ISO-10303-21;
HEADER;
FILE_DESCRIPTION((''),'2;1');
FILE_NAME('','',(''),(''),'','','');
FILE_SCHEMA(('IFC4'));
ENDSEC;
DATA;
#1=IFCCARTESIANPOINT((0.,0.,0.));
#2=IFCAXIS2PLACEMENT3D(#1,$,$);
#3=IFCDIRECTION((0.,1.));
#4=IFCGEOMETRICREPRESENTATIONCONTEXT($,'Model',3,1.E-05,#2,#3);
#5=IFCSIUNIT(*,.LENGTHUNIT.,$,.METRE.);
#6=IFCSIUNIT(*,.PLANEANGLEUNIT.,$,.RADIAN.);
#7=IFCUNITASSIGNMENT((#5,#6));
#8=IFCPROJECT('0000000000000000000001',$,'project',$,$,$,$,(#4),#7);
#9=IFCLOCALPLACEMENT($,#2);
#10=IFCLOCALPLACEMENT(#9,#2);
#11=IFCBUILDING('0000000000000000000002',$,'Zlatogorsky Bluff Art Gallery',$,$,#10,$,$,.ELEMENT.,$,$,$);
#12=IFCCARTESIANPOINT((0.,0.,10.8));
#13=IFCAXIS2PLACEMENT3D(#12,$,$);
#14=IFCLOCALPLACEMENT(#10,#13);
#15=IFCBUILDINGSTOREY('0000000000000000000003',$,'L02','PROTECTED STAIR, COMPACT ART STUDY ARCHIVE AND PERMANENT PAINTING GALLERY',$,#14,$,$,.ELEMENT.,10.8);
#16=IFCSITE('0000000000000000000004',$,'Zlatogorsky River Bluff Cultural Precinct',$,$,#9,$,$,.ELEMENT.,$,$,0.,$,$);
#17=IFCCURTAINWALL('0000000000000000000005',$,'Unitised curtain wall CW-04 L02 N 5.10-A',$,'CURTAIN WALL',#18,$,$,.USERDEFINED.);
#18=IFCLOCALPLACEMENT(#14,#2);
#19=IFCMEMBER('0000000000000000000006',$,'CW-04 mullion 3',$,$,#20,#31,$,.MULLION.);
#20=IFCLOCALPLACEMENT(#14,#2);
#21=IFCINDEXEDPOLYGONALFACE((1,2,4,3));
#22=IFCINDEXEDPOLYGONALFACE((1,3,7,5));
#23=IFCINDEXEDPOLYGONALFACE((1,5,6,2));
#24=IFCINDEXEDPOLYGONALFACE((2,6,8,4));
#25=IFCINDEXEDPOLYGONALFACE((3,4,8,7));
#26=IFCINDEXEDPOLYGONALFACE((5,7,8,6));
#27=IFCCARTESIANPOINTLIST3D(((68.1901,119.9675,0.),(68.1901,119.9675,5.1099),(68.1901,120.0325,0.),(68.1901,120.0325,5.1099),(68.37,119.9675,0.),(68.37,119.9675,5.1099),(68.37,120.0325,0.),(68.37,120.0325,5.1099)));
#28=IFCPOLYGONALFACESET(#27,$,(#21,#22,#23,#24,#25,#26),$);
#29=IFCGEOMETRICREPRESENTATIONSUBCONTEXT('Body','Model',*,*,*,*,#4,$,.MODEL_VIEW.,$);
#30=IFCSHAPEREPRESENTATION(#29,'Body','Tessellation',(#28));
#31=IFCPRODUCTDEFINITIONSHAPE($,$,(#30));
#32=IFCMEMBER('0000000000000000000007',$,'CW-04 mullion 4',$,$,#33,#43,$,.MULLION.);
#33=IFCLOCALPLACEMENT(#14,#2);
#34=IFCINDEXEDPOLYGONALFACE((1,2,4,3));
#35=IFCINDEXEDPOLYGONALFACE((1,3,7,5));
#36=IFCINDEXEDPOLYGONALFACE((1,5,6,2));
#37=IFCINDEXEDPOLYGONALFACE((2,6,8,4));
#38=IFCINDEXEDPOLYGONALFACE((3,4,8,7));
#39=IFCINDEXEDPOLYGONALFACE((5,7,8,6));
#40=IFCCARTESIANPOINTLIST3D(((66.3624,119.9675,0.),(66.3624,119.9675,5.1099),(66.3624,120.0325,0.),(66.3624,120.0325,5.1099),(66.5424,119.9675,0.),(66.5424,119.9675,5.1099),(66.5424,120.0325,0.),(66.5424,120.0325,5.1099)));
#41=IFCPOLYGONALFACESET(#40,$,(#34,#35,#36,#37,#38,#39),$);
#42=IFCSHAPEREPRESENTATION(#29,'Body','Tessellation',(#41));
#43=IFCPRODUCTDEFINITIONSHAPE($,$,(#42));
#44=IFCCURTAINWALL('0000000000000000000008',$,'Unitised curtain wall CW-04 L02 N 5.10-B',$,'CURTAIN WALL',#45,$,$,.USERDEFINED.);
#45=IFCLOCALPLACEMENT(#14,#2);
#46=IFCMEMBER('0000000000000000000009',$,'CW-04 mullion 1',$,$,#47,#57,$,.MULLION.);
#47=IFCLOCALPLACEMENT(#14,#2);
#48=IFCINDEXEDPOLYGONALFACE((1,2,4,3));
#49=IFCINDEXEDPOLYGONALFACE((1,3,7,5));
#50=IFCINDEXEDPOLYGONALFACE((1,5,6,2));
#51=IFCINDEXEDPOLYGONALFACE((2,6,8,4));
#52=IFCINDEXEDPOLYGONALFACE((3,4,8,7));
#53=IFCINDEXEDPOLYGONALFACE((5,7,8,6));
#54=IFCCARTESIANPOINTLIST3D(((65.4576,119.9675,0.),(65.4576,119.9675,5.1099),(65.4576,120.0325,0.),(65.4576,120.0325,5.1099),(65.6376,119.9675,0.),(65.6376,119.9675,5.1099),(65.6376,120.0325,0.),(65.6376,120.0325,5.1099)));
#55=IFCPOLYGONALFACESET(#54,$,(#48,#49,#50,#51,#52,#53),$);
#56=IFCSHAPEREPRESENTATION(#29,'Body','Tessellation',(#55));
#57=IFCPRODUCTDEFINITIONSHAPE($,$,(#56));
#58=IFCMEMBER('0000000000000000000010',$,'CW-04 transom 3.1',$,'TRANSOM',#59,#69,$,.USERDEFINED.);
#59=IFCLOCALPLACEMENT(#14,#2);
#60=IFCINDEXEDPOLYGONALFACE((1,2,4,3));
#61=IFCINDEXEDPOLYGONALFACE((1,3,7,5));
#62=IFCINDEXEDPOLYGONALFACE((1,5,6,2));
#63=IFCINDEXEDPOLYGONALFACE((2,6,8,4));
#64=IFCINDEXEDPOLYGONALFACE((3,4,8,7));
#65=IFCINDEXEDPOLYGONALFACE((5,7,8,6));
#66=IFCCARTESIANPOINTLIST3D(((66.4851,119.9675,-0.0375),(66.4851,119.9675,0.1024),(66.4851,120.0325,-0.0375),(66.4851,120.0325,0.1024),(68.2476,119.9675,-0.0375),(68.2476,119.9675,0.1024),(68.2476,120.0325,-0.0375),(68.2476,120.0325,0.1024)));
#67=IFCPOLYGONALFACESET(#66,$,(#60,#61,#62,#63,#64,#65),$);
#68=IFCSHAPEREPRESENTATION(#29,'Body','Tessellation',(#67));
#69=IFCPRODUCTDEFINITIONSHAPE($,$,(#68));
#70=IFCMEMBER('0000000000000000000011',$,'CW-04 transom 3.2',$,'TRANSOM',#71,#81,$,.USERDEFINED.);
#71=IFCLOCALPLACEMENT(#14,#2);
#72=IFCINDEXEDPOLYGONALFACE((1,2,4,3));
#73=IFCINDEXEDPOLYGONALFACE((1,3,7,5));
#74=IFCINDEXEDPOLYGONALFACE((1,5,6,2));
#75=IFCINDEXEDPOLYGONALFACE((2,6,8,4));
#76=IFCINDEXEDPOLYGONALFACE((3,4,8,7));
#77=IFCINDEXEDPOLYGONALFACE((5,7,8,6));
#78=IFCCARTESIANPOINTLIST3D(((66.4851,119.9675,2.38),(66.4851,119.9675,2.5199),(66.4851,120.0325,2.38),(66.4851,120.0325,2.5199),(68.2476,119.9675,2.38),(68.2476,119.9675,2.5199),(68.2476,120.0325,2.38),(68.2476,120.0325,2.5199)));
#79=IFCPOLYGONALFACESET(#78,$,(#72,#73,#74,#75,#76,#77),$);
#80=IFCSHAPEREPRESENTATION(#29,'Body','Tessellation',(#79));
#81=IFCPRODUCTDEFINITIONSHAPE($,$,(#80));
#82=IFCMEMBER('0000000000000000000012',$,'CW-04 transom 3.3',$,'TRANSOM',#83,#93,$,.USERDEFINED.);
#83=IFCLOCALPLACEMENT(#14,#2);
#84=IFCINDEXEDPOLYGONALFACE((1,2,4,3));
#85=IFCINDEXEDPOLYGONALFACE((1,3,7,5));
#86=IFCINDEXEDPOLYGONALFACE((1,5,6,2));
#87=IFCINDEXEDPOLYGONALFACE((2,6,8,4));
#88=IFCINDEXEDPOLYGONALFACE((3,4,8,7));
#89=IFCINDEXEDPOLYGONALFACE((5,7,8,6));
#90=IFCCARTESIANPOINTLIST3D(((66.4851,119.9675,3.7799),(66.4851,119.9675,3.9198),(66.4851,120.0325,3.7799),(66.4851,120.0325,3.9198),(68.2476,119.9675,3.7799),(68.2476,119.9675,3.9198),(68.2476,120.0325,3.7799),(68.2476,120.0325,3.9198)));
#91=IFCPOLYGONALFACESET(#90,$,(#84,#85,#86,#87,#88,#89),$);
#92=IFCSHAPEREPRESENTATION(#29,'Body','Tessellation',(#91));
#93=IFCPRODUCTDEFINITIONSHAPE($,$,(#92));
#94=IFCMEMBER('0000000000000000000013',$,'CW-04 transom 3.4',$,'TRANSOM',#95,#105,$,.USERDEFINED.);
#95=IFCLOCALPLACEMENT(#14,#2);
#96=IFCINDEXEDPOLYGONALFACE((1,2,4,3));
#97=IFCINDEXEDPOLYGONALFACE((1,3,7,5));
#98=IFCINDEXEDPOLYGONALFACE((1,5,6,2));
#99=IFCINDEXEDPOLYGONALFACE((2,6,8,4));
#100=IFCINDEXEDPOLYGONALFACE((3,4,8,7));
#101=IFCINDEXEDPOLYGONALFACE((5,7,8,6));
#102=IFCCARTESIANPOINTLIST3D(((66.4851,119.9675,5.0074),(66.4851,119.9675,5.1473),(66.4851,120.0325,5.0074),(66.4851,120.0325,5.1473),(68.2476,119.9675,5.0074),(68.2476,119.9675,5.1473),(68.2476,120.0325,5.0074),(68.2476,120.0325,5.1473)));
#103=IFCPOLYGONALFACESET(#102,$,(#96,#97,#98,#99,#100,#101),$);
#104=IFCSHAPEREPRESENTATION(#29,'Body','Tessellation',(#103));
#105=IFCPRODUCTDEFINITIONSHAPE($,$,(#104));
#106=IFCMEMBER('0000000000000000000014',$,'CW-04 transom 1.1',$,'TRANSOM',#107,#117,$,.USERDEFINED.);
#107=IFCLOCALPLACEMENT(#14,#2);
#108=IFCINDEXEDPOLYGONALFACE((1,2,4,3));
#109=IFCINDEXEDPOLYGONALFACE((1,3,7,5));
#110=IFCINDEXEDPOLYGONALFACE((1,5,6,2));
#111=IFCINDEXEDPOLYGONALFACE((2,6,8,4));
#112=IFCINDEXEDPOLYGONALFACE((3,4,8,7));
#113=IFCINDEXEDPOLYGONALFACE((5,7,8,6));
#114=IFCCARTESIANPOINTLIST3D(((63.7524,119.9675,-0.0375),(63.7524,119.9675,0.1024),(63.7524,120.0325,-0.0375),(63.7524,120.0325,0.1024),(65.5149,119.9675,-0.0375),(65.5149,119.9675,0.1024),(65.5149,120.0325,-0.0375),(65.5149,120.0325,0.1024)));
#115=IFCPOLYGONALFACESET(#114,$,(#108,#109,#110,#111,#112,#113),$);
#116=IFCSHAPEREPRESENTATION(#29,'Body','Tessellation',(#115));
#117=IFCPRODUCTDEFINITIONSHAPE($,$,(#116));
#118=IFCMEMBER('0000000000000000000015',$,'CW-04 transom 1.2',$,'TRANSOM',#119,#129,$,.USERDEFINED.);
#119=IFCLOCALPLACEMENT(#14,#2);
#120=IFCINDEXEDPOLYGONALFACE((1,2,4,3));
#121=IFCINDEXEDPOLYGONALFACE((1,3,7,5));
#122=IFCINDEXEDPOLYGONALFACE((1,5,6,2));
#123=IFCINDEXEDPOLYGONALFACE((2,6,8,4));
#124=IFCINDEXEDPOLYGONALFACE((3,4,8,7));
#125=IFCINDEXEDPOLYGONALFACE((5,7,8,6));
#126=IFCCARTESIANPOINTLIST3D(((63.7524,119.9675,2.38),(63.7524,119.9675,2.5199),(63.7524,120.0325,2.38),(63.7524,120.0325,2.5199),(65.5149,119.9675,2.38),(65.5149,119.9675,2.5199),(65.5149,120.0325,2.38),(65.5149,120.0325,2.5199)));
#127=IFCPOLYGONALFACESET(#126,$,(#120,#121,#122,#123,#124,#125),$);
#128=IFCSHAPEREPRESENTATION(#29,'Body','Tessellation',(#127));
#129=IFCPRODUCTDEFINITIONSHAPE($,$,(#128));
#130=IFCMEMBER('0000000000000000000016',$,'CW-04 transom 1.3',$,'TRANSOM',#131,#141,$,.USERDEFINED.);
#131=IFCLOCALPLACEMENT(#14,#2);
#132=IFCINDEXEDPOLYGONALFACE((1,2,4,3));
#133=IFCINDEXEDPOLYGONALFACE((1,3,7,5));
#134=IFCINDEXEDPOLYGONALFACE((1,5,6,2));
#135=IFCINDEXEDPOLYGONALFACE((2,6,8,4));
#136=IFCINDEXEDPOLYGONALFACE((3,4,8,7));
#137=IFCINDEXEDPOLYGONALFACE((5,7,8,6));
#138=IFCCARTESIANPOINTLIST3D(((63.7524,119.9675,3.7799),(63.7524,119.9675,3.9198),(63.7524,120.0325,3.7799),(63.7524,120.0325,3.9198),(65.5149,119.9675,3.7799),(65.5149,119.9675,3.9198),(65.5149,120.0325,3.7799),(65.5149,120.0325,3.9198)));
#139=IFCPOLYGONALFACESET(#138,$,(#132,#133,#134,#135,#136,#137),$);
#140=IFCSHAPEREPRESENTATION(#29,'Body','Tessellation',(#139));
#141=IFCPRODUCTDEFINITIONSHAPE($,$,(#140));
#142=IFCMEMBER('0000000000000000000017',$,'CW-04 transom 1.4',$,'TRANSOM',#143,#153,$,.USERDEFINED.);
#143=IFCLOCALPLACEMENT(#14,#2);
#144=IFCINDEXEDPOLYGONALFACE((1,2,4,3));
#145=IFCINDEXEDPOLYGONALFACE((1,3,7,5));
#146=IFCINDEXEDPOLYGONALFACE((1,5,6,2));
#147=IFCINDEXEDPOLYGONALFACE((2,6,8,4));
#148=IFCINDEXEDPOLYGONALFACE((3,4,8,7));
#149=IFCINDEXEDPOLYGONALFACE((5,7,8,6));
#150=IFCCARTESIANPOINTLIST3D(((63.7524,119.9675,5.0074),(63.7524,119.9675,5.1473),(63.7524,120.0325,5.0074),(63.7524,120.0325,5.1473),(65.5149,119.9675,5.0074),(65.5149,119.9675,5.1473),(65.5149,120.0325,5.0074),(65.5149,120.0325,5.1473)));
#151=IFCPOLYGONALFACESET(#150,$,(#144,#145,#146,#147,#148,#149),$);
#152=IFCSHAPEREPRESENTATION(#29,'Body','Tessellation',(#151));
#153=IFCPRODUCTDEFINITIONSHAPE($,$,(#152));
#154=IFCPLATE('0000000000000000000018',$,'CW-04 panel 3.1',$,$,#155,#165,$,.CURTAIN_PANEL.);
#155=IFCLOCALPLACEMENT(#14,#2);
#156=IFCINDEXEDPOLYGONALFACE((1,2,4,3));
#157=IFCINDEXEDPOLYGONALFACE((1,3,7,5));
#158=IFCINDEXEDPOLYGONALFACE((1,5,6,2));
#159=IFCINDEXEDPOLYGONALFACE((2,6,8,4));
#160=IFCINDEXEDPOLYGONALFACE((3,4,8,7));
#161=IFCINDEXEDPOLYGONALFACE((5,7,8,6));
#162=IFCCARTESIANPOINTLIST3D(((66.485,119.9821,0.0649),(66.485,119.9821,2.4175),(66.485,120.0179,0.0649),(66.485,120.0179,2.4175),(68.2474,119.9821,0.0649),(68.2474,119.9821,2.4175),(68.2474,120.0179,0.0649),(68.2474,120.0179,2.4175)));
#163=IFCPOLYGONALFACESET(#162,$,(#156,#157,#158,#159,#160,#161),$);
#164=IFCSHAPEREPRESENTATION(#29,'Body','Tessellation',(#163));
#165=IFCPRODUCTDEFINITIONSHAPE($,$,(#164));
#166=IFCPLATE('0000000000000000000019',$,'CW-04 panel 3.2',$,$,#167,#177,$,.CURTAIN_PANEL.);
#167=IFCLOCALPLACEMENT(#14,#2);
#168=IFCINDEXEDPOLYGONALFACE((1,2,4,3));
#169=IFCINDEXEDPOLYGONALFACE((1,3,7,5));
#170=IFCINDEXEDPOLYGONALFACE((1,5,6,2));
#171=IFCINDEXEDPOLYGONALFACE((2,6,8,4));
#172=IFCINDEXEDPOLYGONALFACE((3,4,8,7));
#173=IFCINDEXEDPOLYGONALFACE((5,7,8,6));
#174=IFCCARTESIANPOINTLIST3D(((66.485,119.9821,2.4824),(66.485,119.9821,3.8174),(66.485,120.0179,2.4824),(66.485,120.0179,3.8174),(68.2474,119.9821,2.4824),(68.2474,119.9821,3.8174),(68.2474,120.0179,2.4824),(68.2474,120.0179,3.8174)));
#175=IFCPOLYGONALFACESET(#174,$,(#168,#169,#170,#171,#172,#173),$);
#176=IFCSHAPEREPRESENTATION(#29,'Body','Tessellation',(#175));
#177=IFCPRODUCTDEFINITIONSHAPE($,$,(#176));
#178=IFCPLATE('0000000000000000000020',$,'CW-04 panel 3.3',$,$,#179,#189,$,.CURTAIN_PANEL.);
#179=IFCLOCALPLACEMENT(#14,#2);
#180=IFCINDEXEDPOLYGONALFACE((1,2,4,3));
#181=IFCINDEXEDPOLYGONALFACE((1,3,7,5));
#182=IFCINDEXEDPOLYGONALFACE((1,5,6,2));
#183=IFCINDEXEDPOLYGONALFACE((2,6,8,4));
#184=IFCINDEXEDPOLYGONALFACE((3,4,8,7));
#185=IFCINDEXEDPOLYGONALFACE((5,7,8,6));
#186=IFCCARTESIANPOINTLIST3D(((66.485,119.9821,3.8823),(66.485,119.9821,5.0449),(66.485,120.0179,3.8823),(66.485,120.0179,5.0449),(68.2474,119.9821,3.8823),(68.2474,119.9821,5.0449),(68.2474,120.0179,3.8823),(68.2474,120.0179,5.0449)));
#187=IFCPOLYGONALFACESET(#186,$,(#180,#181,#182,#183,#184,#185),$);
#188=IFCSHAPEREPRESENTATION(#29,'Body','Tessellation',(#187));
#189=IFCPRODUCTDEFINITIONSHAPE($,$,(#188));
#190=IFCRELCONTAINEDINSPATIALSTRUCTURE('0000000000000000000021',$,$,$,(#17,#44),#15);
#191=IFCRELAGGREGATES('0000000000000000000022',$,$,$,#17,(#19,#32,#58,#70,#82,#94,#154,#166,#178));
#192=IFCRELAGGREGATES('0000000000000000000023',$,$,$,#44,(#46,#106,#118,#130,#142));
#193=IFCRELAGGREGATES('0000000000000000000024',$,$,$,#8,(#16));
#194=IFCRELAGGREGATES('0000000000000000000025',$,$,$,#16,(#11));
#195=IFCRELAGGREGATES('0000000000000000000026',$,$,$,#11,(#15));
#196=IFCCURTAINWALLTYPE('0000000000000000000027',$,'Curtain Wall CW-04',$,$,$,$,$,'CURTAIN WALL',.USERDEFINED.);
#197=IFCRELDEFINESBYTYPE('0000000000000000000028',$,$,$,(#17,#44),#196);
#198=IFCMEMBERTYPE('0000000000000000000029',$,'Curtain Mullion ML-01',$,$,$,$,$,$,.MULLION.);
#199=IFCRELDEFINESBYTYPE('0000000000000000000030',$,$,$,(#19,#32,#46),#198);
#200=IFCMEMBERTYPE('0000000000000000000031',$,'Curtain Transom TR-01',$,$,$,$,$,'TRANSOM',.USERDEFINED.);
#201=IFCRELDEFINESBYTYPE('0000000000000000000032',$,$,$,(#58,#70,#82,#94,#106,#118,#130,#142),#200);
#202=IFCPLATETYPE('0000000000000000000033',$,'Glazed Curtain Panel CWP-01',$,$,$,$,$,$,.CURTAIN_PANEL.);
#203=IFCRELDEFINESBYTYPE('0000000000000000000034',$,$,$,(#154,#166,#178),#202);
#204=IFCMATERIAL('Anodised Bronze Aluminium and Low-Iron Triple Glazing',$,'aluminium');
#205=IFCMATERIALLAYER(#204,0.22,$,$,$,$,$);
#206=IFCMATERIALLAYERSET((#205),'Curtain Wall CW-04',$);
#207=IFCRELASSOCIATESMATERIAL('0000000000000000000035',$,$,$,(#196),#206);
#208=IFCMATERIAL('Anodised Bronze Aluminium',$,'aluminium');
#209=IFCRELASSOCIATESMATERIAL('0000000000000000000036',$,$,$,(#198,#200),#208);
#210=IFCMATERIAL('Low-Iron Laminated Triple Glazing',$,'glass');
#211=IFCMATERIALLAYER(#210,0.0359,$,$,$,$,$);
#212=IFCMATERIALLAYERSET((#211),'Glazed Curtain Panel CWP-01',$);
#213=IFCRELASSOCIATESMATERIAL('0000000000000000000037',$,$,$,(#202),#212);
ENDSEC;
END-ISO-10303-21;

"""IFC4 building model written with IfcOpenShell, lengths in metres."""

from ifc_helpers import new_model, si_unit, direction, frame, origin, origin_2d, place, context, subcontext, project, spatial, rectangle, extrude, material, layer, layer_set, material_profile, profile_set, type_object, element, aggregate, save


model = new_model("IFC4")

# Units and contexts
model_context = context("Model", 3, precision=1e-05, world=origin(), true_north=direction((0.0, 1.0)))
body_context = subcontext(model_context, "Body", "Model", "MODEL_VIEW")
ifc_project = project(units=[si_unit("LENGTHUNIT", "METRE"), si_unit("PLANEANGLEUNIT", "RADIAN")], contexts=[model_context])

# Site, building, storey
site_placement = place(None, origin())
site = spatial("IfcSite", under=ifc_project, at=site_placement, Name="Zlatogorsky River Bluff Cultural Precinct", CompositionType="ELEMENT", RefElevation=0.0)
building_placement = place(site_placement, origin())
building = spatial("IfcBuilding", under=site, at=building_placement, Name="Zlatogorsky Bluff Art Gallery", CompositionType="ELEMENT")
storey_placement = place(building_placement, frame((0.0, 0.0, 10.8)))
storey = spatial("IfcBuildingStorey", under=building, at=storey_placement, Name="L02", Description="PROTECTED STAIR, COMPACT ART STUDY ARCHIVE AND PERMANENT PAINTING GALLERY", CompositionType="ELEMENT", Elevation=10.8)

# Curtain wall, members
ifc_material_1 = material(Name="Anodised Bronze Aluminium and Low-Iron Triple Glazing", Category="aluminium")
ifc_layer_1 = layer(ifc_material_1, 0.22)
ifc_layer_set_1 = layer_set([ifc_layer_1], Name="Curtain Wall CW-04")
curtain_wall_type = type_object("IfcCurtainWallType", Name="Curtain Wall CW-04", ElementType="CURTAIN WALL", PredefinedType="USERDEFINED", material=ifc_layer_set_1)
curtain_wall_1_placement = place(storey_placement, origin())
curtain_wall_1 = element("IfcCurtainWall", 1, at=curtain_wall_1_placement, inside=storey, type_object=curtain_wall_type, Name="Unitised curtain wall CW-04 L02 N 5.10-A", ObjectType="CURTAIN WALL", PredefinedType="USERDEFINED")
ifc_material_2 = material(Name="Anodised Bronze Aluminium", Category="aluminium")
ifc_material_profile_1 = material_profile(ifc_material_2, rectangle(XDim=0.0649, YDim=0.1799, at=origin_2d()), Name="ALU MULLION 65x180")
ifc_profile_set_1 = profile_set([ifc_material_profile_1], Name="Anodised Bronze Aluminium")
member_type_1 = type_object("IfcMemberType", Name="Curtain Mullion ML-01", PredefinedType="MULLION", material=ifc_profile_set_1)
member_1_placement = place(storey_placement, frame((68.28, 120.0, 0.0), z_axis=(0.0, 0.0, 1.0), x_axis=(0.0, -1.0, 0.0)))
member_1 = element("IfcMember", 2, at=member_1_placement, type_object=member_type_1, Name="CW-04 mullion 3", PredefinedType="MULLION", context=body_context, shape_type="SweptSolid", body=[
    extrude(rectangle(XDim=0.0649, YDim=0.1799, at=origin_2d()), origin(), (0.0, 0.0, 1.0), 5.1099),
])
member_2_placement = place(storey_placement, frame((66.4524, 120.0, 0.0), z_axis=(0.0, 0.0, 1.0), x_axis=(0.0, -1.0, 0.0)))
member_2 = element("IfcMember", 3, at=member_2_placement, type_object=member_type_1, Name="CW-04 mullion 4", PredefinedType="MULLION", context=body_context, shape_type="SweptSolid", body=[
    extrude(rectangle(XDim=0.0649, YDim=0.1799, at=origin_2d()), origin(), (0.0, 0.0, 1.0), 5.1099),
])

# Curtain wall, member
curtain_wall_2_placement = place(storey_placement, origin())
curtain_wall_2 = element("IfcCurtainWall", 4, at=curtain_wall_2_placement, inside=storey, type_object=curtain_wall_type, Name="Unitised curtain wall CW-04 L02 N 5.10-B", ObjectType="CURTAIN WALL", PredefinedType="USERDEFINED")
member_3_placement = place(storey_placement, frame((65.5476, 120.0, 0.0), z_axis=(0.0, 0.0, 1.0), x_axis=(0.0, -1.0, 0.0)))
member_3 = element("IfcMember", 5, at=member_3_placement, type_object=member_type_1, Name="CW-04 mullion 1", PredefinedType="MULLION", context=body_context, shape_type="SweptSolid", body=[
    extrude(rectangle(XDim=0.0649, YDim=0.1799, at=origin_2d()), origin(), (0.0, 0.0, 1.0), 5.1099),
])

# Members
ifc_material_profile_2 = material_profile(ifc_material_2, rectangle(XDim=0.0649, YDim=0.1399, at=origin_2d()), Name="ALU TRANSOM 65x140")
ifc_profile_set_2 = profile_set([ifc_material_profile_2], Name="Anodised Bronze Aluminium")
member_type_2 = type_object("IfcMemberType", Name="Curtain Transom TR-01", ElementType="TRANSOM", PredefinedType="USERDEFINED", material=ifc_profile_set_2)
member_4_placement = place(storey_placement, frame((68.2476, 120.0, 0.0325), z_axis=(-1.0, 0.0, 0.0), x_axis=(0.0, -1.0, 0.0)))
member_4 = element("IfcMember", 6, at=member_4_placement, type_object=member_type_2, Name="CW-04 transom 3.1", ObjectType="TRANSOM", PredefinedType="USERDEFINED", context=body_context, shape_type="SweptSolid", body=[
    extrude(rectangle(XDim=0.0649, YDim=0.1399, at=origin_2d()), origin(), (0.0, 0.0, 1.0), 1.7625),
])
member_5_placement = place(storey_placement, frame((68.2476, 120.0, 2.45), z_axis=(-1.0, 0.0, 0.0), x_axis=(0.0, -1.0, 0.0)))
member_5 = element("IfcMember", 7, at=member_5_placement, type_object=member_type_2, Name="CW-04 transom 3.2", ObjectType="TRANSOM", PredefinedType="USERDEFINED", context=body_context, shape_type="SweptSolid", body=[
    extrude(rectangle(XDim=0.0649, YDim=0.1399, at=origin_2d()), origin(), (0.0, 0.0, 1.0), 1.7625),
])
member_6_placement = place(storey_placement, frame((68.2476, 120.0, 3.8499), z_axis=(-1.0, 0.0, 0.0), x_axis=(0.0, -1.0, 0.0)))
member_6 = element("IfcMember", 8, at=member_6_placement, type_object=member_type_2, Name="CW-04 transom 3.3", ObjectType="TRANSOM", PredefinedType="USERDEFINED", context=body_context, shape_type="SweptSolid", body=[
    extrude(rectangle(XDim=0.0649, YDim=0.1399, at=origin_2d()), origin(), (0.0, 0.0, 1.0), 1.7625),
])
member_7_placement = place(storey_placement, frame((68.2476, 120.0, 5.0774), z_axis=(-1.0, 0.0, 0.0), x_axis=(0.0, -1.0, 0.0)))
member_7 = element("IfcMember", 9, at=member_7_placement, type_object=member_type_2, Name="CW-04 transom 3.4", ObjectType="TRANSOM", PredefinedType="USERDEFINED", context=body_context, shape_type="SweptSolid", body=[
    extrude(rectangle(XDim=0.0649, YDim=0.1399, at=origin_2d()), origin(), (0.0, 0.0, 1.0), 1.7625),
])
member_8_placement = place(storey_placement, frame((65.5149, 120.0, 0.0325), z_axis=(-1.0, 0.0, 0.0), x_axis=(0.0, -1.0, 0.0)))
member_8 = element("IfcMember", 10, at=member_8_placement, type_object=member_type_2, Name="CW-04 transom 1.1", ObjectType="TRANSOM", PredefinedType="USERDEFINED", context=body_context, shape_type="SweptSolid", body=[
    extrude(rectangle(XDim=0.0649, YDim=0.1399, at=origin_2d()), origin(), (0.0, 0.0, 1.0), 1.7625),
])
member_9_placement = place(storey_placement, frame((65.5149, 120.0, 2.45), z_axis=(-1.0, 0.0, 0.0), x_axis=(0.0, -1.0, 0.0)))
member_9 = element("IfcMember", 11, at=member_9_placement, type_object=member_type_2, Name="CW-04 transom 1.2", ObjectType="TRANSOM", PredefinedType="USERDEFINED", context=body_context, shape_type="SweptSolid", body=[
    extrude(rectangle(XDim=0.0649, YDim=0.1399, at=origin_2d()), origin(), (0.0, 0.0, 1.0), 1.7625),
])
member_10_placement = place(storey_placement, frame((65.5149, 120.0, 3.8499), z_axis=(-1.0, 0.0, 0.0), x_axis=(0.0, -1.0, 0.0)))
member_10 = element("IfcMember", 12, at=member_10_placement, type_object=member_type_2, Name="CW-04 transom 1.3", ObjectType="TRANSOM", PredefinedType="USERDEFINED", context=body_context, shape_type="SweptSolid", body=[
    extrude(rectangle(XDim=0.0649, YDim=0.1399, at=origin_2d()), origin(), (0.0, 0.0, 1.0), 1.7625),
])
member_11_placement = place(storey_placement, frame((65.5149, 120.0, 5.0774), z_axis=(-1.0, 0.0, 0.0), x_axis=(0.0, -1.0, 0.0)))
member_11 = element("IfcMember", 13, at=member_11_placement, type_object=member_type_2, Name="CW-04 transom 1.4", ObjectType="TRANSOM", PredefinedType="USERDEFINED", context=body_context, shape_type="SweptSolid", body=[
    extrude(rectangle(XDim=0.0649, YDim=0.1399, at=origin_2d()), origin(), (0.0, 0.0, 1.0), 1.7625),
])

# Plates
ifc_material_3 = material(Name="Low-Iron Laminated Triple Glazing", Category="glass")
ifc_layer_2 = layer(ifc_material_3, 0.0359)
ifc_layer_set_2 = layer_set([ifc_layer_2], Name="Glazed Curtain Panel CWP-01")
plate_type = type_object("IfcPlateType", Name="Glazed Curtain Panel CWP-01", PredefinedType="CURTAIN_PANEL", material=ifc_layer_set_2)
plate_1_placement = place(storey_placement, frame((67.3662, 120.0, 0.0649), z_axis=(0.0, 0.0, 1.0), x_axis=(-1.0, 0.0, 0.0)))
plate_1 = element("IfcPlate", 14, at=plate_1_placement, type_object=plate_type, Name="CW-04 panel 3.1", PredefinedType="CURTAIN_PANEL", context=body_context, shape_type="SweptSolid", body=[
    extrude(rectangle(XDim=1.7625, YDim=0.0359, at=origin_2d()), origin(), (0.0, 0.0, 1.0), 2.3525),
])
plate_2_placement = place(storey_placement, frame((67.3662, 120.0, 2.4824), z_axis=(0.0, 0.0, 1.0), x_axis=(-1.0, 0.0, 0.0)))
plate_2 = element("IfcPlate", 15, at=plate_2_placement, type_object=plate_type, Name="CW-04 panel 3.2", PredefinedType="CURTAIN_PANEL", context=body_context, shape_type="SweptSolid", body=[
    extrude(rectangle(XDim=1.7625, YDim=0.0359, at=origin_2d()), origin(), (0.0, 0.0, 1.0), 1.335),
])
plate_3_placement = place(storey_placement, frame((67.3662, 120.0, 3.8823), z_axis=(0.0, 0.0, 1.0), x_axis=(-1.0, 0.0, 0.0)))
plate_3 = element("IfcPlate", 16, at=plate_3_placement, type_object=plate_type, Name="CW-04 panel 3.3", PredefinedType="CURTAIN_PANEL", context=body_context, shape_type="SweptSolid", body=[
    extrude(rectangle(XDim=1.7625, YDim=0.0359, at=origin_2d()), origin(), (0.0, 0.0, 1.0), 1.1626),
])
aggregate(curtain_wall_1, [member_1, member_2, member_4, member_5, member_6, member_7, plate_1, plate_2, plate_3])
aggregate(curtain_wall_2, [member_3, member_8, member_9, member_10, member_11])

save(model, "model.ifc")
